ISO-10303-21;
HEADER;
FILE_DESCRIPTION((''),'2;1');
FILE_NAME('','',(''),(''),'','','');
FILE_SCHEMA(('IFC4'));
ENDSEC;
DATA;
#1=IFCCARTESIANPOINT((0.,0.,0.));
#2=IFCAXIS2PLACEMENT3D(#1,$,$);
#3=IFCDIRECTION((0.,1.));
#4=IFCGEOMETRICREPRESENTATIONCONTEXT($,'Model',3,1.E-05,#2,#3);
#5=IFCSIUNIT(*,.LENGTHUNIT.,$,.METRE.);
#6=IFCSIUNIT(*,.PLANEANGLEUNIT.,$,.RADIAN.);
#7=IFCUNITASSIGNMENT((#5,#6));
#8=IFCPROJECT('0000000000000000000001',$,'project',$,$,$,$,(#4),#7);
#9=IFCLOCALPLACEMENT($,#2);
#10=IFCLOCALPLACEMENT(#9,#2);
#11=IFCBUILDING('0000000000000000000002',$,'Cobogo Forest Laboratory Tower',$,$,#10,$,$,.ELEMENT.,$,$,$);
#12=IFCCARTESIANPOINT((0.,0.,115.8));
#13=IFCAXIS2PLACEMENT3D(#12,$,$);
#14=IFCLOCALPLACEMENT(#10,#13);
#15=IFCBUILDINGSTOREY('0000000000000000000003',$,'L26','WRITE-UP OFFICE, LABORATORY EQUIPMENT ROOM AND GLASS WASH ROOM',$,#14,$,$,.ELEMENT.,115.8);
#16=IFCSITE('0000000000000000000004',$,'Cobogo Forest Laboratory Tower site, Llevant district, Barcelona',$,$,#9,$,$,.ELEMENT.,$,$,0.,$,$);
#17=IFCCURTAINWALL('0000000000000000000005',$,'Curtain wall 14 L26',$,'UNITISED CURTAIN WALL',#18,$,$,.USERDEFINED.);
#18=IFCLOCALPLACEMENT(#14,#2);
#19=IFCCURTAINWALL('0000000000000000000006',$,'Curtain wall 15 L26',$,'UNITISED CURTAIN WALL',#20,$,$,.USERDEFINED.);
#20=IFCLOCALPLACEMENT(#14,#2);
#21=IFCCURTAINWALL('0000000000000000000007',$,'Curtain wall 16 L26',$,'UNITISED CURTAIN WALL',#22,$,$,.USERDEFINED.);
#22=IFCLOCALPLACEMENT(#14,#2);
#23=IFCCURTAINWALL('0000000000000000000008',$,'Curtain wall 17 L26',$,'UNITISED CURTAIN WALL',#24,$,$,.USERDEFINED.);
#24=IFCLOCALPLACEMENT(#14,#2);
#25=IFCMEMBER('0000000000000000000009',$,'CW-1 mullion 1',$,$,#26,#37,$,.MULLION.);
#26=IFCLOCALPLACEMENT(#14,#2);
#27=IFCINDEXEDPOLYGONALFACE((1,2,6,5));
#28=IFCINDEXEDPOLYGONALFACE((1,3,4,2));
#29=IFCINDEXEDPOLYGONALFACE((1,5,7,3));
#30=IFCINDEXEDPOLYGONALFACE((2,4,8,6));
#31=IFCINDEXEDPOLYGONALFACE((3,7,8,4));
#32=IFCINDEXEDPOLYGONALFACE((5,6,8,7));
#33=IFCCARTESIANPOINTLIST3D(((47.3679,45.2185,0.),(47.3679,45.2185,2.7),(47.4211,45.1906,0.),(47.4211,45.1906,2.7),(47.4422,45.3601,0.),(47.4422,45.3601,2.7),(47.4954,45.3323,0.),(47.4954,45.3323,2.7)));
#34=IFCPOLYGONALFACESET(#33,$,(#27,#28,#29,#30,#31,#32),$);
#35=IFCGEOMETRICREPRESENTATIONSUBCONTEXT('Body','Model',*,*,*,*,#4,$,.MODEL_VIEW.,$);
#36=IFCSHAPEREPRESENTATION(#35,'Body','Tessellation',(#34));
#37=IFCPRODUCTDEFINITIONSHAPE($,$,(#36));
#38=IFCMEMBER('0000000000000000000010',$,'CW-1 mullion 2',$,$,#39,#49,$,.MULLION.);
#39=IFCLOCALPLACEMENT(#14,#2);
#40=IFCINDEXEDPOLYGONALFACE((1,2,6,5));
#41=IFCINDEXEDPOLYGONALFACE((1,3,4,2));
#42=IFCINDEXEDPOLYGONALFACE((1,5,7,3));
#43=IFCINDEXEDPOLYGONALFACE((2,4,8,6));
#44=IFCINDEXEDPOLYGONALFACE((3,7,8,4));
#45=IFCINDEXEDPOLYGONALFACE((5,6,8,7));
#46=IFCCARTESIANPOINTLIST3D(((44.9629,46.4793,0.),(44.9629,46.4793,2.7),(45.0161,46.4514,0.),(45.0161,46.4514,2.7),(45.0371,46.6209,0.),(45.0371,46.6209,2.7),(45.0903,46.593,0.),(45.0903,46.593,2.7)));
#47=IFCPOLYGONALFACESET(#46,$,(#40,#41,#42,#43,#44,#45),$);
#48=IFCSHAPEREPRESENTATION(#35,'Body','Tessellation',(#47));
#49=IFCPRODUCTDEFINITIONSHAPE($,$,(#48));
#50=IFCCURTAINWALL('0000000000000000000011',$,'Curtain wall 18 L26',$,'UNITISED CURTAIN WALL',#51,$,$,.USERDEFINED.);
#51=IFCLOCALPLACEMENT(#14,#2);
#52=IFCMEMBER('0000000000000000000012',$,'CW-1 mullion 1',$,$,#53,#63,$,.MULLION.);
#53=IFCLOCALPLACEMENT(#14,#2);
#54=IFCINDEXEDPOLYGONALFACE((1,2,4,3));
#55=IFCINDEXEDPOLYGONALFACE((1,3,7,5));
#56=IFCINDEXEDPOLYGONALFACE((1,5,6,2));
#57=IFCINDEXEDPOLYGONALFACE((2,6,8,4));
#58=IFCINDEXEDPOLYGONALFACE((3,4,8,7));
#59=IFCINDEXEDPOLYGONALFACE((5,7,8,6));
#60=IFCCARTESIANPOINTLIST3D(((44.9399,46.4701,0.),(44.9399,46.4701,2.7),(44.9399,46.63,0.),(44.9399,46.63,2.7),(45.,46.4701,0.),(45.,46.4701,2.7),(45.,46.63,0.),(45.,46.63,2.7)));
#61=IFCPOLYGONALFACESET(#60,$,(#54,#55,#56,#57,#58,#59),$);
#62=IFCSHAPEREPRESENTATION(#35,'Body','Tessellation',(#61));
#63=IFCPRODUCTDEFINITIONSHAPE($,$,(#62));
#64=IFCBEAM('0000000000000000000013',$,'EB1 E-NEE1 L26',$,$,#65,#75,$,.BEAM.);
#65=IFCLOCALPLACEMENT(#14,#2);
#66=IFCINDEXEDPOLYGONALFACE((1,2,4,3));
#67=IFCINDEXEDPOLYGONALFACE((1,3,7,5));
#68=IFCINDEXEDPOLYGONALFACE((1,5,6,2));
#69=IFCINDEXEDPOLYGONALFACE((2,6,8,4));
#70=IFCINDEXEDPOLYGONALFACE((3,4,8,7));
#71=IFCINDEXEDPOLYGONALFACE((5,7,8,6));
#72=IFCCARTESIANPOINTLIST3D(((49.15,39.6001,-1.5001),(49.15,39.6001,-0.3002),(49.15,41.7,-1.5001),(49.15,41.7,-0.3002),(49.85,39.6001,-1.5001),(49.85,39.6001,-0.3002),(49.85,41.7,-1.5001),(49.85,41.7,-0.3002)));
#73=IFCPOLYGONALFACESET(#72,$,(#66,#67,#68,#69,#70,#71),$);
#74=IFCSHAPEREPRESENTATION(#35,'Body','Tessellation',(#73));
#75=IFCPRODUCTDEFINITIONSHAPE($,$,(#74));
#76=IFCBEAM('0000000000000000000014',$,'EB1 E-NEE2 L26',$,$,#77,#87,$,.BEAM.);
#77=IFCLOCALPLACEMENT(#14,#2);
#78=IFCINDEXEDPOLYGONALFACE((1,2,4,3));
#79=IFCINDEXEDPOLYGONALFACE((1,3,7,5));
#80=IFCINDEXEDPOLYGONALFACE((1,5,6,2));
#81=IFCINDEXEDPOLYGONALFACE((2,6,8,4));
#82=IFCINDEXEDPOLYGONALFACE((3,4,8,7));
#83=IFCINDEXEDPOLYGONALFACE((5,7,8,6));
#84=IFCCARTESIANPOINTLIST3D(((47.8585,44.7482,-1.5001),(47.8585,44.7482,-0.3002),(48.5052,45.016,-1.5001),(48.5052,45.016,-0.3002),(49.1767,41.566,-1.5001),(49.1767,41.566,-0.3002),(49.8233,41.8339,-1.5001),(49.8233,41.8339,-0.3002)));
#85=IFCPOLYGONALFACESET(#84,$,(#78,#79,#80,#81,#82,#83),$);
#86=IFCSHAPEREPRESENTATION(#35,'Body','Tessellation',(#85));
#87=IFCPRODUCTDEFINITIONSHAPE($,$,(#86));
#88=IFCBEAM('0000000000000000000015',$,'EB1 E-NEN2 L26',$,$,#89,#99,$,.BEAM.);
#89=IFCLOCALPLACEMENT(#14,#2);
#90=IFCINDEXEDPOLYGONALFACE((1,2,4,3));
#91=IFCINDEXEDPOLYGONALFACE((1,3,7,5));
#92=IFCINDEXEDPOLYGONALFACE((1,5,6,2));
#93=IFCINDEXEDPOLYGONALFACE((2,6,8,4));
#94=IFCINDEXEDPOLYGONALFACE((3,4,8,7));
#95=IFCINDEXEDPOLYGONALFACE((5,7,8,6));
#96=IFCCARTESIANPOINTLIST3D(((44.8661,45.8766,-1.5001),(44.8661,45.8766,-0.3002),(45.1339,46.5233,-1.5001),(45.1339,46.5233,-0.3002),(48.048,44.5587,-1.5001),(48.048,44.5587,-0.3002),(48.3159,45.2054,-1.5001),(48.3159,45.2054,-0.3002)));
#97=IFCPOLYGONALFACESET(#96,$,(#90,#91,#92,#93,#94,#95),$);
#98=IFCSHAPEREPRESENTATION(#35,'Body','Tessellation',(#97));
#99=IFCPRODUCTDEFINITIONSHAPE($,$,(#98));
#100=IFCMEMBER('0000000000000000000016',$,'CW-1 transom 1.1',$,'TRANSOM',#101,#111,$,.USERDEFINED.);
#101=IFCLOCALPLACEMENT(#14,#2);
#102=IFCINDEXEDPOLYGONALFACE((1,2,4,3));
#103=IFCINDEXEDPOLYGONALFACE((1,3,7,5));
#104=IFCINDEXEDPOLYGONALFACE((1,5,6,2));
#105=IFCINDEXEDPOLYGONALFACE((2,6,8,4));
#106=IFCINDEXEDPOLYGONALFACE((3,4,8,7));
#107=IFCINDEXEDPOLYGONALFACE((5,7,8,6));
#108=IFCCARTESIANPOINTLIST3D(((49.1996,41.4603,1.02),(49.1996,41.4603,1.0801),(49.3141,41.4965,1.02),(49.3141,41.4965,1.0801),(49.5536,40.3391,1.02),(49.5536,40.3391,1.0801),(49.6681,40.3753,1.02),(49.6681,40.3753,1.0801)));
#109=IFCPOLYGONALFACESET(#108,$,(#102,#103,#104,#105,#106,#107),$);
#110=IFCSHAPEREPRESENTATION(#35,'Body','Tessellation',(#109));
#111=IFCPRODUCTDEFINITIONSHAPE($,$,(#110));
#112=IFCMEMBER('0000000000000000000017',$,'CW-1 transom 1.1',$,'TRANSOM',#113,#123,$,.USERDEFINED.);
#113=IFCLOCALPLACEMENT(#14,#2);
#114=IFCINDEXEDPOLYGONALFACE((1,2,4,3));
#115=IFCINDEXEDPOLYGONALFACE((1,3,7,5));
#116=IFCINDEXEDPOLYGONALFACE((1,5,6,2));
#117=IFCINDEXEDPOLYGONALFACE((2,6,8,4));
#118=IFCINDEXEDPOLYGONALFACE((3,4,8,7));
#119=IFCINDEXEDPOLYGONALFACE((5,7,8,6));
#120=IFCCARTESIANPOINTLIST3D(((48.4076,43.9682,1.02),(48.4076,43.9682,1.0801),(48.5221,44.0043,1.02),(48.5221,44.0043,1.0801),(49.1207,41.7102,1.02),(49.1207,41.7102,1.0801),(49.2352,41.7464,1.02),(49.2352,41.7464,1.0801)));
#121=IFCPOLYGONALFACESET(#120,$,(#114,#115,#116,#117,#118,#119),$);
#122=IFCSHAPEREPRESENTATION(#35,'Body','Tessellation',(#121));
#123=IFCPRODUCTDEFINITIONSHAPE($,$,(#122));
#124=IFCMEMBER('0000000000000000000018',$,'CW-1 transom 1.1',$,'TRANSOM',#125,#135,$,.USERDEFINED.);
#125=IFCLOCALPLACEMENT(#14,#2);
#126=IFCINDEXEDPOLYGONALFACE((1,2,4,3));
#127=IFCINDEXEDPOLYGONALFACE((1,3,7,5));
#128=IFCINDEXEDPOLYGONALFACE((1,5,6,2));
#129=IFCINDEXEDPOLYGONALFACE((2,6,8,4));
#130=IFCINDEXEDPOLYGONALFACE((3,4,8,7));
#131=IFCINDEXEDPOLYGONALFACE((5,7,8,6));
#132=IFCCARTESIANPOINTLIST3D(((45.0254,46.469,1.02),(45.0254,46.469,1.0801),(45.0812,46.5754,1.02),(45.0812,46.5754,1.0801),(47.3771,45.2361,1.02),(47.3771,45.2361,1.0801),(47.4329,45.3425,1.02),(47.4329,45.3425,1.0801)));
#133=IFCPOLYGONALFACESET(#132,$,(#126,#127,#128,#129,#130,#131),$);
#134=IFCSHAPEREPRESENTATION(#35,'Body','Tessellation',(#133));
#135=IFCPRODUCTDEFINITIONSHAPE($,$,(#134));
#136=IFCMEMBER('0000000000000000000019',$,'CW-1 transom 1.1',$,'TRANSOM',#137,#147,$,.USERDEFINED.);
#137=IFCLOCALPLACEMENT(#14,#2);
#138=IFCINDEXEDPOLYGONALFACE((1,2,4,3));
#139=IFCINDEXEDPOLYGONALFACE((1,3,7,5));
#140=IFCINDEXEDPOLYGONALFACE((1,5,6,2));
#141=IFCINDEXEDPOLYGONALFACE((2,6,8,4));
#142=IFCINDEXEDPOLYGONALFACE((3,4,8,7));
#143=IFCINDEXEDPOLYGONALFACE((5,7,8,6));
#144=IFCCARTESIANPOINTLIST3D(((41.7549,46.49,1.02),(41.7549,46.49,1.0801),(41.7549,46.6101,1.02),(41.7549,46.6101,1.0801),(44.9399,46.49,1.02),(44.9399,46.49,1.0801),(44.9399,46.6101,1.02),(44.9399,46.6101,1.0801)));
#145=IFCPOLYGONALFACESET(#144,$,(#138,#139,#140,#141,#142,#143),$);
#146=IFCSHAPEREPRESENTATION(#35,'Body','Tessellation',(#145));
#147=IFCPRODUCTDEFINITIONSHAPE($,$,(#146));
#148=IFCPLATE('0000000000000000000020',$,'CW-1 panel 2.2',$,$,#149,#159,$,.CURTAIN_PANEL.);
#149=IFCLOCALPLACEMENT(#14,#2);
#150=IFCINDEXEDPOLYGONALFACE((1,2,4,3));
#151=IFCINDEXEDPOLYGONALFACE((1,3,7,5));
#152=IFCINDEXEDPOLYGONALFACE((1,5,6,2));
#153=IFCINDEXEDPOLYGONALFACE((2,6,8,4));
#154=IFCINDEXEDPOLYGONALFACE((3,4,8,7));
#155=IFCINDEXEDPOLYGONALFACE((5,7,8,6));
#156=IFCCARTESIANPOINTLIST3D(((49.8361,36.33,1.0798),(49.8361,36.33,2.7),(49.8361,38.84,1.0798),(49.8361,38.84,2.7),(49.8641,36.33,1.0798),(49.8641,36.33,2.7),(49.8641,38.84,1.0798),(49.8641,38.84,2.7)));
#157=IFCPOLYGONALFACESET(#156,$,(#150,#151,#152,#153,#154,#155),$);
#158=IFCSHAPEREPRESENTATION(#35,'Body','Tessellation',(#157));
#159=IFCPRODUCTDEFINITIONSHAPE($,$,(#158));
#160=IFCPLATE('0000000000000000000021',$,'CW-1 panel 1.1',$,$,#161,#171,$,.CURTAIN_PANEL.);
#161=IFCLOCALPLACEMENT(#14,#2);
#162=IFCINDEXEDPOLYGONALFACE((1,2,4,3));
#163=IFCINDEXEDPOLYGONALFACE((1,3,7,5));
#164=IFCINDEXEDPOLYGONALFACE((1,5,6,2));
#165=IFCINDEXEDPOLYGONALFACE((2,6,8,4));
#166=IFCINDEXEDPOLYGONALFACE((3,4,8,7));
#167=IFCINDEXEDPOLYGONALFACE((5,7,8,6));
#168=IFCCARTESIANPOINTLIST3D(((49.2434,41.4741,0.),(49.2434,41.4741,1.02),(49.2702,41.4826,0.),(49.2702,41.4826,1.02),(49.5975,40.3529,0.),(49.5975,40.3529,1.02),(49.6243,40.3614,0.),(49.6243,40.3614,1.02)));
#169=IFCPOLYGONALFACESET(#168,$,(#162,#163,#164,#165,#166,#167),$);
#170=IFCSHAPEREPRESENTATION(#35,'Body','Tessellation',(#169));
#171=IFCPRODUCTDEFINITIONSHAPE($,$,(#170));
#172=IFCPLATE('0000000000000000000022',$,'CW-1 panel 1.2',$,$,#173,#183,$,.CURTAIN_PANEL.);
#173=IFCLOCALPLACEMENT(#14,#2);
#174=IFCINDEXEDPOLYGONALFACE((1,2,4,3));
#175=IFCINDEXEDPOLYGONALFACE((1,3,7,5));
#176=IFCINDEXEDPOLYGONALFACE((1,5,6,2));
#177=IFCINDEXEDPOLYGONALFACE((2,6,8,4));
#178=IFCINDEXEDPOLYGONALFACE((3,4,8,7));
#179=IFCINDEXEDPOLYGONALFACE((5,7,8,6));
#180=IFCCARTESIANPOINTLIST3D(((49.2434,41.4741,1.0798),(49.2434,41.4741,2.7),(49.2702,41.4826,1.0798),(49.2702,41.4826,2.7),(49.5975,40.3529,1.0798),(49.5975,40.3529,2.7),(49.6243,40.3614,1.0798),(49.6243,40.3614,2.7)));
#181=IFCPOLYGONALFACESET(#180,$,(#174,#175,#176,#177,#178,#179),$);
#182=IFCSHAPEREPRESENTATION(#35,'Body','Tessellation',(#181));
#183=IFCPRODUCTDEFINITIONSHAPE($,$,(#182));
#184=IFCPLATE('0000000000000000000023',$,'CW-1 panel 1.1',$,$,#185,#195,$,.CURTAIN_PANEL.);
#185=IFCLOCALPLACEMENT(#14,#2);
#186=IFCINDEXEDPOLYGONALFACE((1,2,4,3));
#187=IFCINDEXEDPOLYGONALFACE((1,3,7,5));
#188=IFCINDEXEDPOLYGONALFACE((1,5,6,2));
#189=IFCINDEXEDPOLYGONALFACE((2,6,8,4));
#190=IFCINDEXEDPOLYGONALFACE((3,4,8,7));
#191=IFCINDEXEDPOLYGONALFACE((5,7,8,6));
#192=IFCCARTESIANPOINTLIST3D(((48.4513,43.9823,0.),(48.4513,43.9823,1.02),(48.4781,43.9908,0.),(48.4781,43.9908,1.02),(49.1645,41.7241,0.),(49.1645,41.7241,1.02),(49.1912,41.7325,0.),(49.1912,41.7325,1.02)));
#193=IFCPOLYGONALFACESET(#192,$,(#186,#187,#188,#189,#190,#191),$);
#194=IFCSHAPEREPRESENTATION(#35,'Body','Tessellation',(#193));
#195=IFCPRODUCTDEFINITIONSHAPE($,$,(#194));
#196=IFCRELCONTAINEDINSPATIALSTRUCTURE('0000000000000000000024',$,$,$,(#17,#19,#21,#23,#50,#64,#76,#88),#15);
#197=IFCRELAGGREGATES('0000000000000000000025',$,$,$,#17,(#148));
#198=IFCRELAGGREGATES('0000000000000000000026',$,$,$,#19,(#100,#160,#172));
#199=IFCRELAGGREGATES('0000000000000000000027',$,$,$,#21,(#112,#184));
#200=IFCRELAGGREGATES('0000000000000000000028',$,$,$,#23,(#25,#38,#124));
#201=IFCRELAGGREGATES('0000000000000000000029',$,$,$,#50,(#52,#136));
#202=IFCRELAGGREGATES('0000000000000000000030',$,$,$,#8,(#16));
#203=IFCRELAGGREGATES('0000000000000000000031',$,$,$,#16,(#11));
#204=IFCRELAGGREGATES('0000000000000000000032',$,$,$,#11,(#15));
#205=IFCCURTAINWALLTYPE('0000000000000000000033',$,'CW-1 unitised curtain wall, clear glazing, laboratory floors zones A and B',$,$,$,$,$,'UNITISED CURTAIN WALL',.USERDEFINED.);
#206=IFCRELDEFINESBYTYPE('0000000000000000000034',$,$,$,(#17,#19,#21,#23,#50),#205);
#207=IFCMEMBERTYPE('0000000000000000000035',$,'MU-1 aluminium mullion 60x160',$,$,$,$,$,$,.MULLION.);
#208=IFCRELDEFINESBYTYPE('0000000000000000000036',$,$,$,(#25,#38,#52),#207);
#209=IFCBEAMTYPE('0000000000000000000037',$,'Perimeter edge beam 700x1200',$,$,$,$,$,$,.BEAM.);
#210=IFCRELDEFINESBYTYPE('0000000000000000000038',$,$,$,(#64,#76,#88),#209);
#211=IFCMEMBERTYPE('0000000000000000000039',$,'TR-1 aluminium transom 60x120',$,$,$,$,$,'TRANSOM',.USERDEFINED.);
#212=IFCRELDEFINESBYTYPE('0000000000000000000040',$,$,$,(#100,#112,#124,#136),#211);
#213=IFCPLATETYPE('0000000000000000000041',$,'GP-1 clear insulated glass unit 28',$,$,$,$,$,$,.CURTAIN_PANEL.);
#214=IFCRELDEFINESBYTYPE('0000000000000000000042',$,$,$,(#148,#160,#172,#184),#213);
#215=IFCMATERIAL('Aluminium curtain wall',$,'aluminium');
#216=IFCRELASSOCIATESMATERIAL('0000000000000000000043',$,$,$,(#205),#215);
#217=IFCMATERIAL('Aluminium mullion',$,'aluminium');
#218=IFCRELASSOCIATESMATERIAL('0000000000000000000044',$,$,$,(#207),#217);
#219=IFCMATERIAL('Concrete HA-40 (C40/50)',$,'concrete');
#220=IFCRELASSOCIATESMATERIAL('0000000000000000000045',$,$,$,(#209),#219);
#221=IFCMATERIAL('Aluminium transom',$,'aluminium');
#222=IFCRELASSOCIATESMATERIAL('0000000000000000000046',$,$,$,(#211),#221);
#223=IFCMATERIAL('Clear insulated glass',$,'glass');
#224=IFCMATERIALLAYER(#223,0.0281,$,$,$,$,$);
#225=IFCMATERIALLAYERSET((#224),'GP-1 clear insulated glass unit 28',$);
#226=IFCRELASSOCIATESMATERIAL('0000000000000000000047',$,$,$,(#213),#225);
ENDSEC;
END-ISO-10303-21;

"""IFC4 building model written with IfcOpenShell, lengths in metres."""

from ifc_helpers import new_model, si_unit, direction, frame, origin, origin_2d, place, context, subcontext, project, spatial, rectangle, extrude, material, layer, layer_set, material_profile, profile_set, type_object, element, aggregate, save


model = new_model("IFC4")

# Units and contexts
model_context = context("Model", 3, precision=1e-05, world=origin(), true_north=direction((0.0, 1.0)))
body_context = subcontext(model_context, "Body", "Model", "MODEL_VIEW")
ifc_project = project(units=[si_unit("LENGTHUNIT", "METRE"), si_unit("PLANEANGLEUNIT", "RADIAN")], contexts=[model_context])

# Site, building, storey
site_placement = place(None, origin())
site = spatial("IfcSite", under=ifc_project, at=site_placement, Name="Cobogo Forest Laboratory Tower site, Llevant district, Barcelona", CompositionType="ELEMENT", RefElevation=0.0)
building_placement = place(site_placement, origin())
building = spatial("IfcBuilding", under=site, at=building_placement, Name="Cobogo Forest Laboratory Tower", CompositionType="ELEMENT")
storey_placement = place(building_placement, frame((0.0, 0.0, 115.8)))
storey = spatial("IfcBuildingStorey", under=building, at=storey_placement, Name="L26", Description="WRITE-UP OFFICE, LABORATORY EQUIPMENT ROOM AND GLASS WASH ROOM", CompositionType="ELEMENT", Elevation=115.8)

# Shared definitions
ifc_material_1 = material(Name="Concrete HA-40 (C40/50)", Category="concrete")

# Curtain wall
ifc_material_2 = material(Name="Aluminium curtain wall", Category="aluminium")
curtain_wall_type = type_object("IfcCurtainWallType", Name="CW-1 unitised curtain wall, clear glazing, laboratory floors zones A and B", ElementType="UNITISED CURTAIN WALL", PredefinedType="USERDEFINED", material=ifc_material_2)
curtain_wall_1_placement = place(storey_placement, origin())
curtain_wall_1 = element("IfcCurtainWall", 1, at=curtain_wall_1_placement, inside=storey, type_object=curtain_wall_type, Name="Curtain wall 14 L26", ObjectType="UNITISED CURTAIN WALL", PredefinedType="USERDEFINED")
ifc_material_3 = material(Name="Aluminium mullion", Category="aluminium")
ifc_material_profile_1 = material_profile(ifc_material_3, rectangle(XDim=0.0601, YDim=0.1599, at=origin_2d()), Name="AL 60x160")
ifc_profile_set_1 = profile_set([ifc_material_profile_1], Name="Aluminium mullion")
member_type_1 = type_object("IfcMemberType", Name="MU-1 aluminium mullion 60x160", PredefinedType="MULLION", material=ifc_profile_set_1)

# Curtain walls, members
curtain_wall_2_placement = place(storey_placement, origin())
curtain_wall_2 = element("IfcCurtainWall", 2, at=curtain_wall_2_placement, inside=storey, type_object=curtain_wall_type, Name="Curtain wall 15 L26", ObjectType="UNITISED CURTAIN WALL", PredefinedType="USERDEFINED")
curtain_wall_3_placement = place(storey_placement, origin())
curtain_wall_3 = element("IfcCurtainWall", 3, at=curtain_wall_3_placement, inside=storey, type_object=curtain_wall_type, Name="Curtain wall 16 L26", ObjectType="UNITISED CURTAIN WALL", PredefinedType="USERDEFINED")
curtain_wall_4_placement = place(storey_placement, origin())
curtain_wall_4 = element("IfcCurtainWall", 4, at=curtain_wall_4_placement, inside=storey, type_object=curtain_wall_type, Name="Curtain wall 17 L26", ObjectType="UNITISED CURTAIN WALL", PredefinedType="USERDEFINED")
member_1_placement = place(storey_placement, frame((47.4316, 45.2754, 0.0), z_axis=(0.0, 0.0, 1.0), x_axis=(-0.885687, 0.464284, 0.0)))
member_1 = element("IfcMember", 5, at=member_1_placement, type_object=member_type_1, Name="CW-1 mullion 1", PredefinedType="MULLION", context=body_context, shape_type="SweptSolid", body=[
    extrude(rectangle(XDim=0.0601, YDim=0.1599, at=origin_2d()), origin(), (0.0, 0.0, 1.0), 2.7),
])
member_2_placement = place(storey_placement, frame((45.0266, 46.5361, 0.0), z_axis=(0.0, 0.0, 1.0), x_axis=(-0.885687, 0.464284, 0.0)))
member_2 = element("IfcMember", 6, at=member_2_placement, type_object=member_type_1, Name="CW-1 mullion 2", PredefinedType="MULLION", context=body_context, shape_type="SweptSolid", body=[
    extrude(rectangle(XDim=0.0601, YDim=0.1599, at=origin_2d()), origin(), (0.0, 0.0, 1.0), 2.7),
])

# Curtain wall, member
curtain_wall_5_placement = place(storey_placement, origin())
curtain_wall_5 = element("IfcCurtainWall", 7, at=curtain_wall_5_placement, inside=storey, type_object=curtain_wall_type, Name="Curtain wall 18 L26", ObjectType="UNITISED CURTAIN WALL", PredefinedType="USERDEFINED")
member_3_placement = place(storey_placement, frame((44.97, 46.55, 0.0), z_axis=(0.0, 0.0, 1.0), x_axis=(-1.0, 0.0, 0.0)))
member_3 = element("IfcMember", 8, at=member_3_placement, type_object=member_type_1, Name="CW-1 mullion 1", PredefinedType="MULLION", context=body_context, shape_type="SweptSolid", body=[
    extrude(rectangle(XDim=0.0601, YDim=0.1599, at=origin_2d()), origin(), (0.0, 0.0, 1.0), 2.7),
])

# Beams
ifc_material_profile_2 = material_profile(ifc_material_1, rectangle(XDim=0.7, YDim=1.2, at=origin_2d()), Name="RC 700x1200")
ifc_profile_set_2 = profile_set([ifc_material_profile_2], Name="Concrete HA-40 (C40/50)")
beam_type_1 = type_object("IfcBeamType", Name="Perimeter edge beam 700x1200", PredefinedType="BEAM", material=ifc_profile_set_2)
beam_1_placement = place(storey_placement, frame((49.5, 39.6001, -0.9001), z_axis=(0.0, 1.0, 0.0), x_axis=(-1.0, 0.0, 0.0)))
element("IfcBeam", 9, at=beam_1_placement, inside=storey, type_object=beam_type_1, Name="EB1 E-NEE1 L26", PredefinedType="BEAM", context=body_context, shape_type="SweptSolid", body=[
    extrude(rectangle(XDim=0.7, YDim=1.2, at=origin_2d()), origin(), (0.0, 0.0, 1.0), 2.0999),
])
beam_2_placement = place(storey_placement, frame((49.5, 41.7, -0.9001), z_axis=(-0.382692, 0.923876, 0.0), x_axis=(-0.923876, -0.382692, 0.0)))
element("IfcBeam", 10, at=beam_2_placement, inside=storey, type_object=beam_type_1, Name="EB1 E-NEE2 L26", PredefinedType="BEAM", context=body_context, shape_type="SweptSolid", body=[
    extrude(rectangle(XDim=0.7, YDim=1.2, at=origin_2d()), origin(), (0.0, 0.0, 1.0), 3.4443),
])
beam_3_placement = place(storey_placement, frame((45.0, 46.2, -0.9001), z_axis=(0.923891, -0.382656, 0.0), x_axis=(0.382656, 0.923891, 0.0)))
element("IfcBeam", 11, at=beam_3_placement, inside=storey, type_object=beam_type_1, Name="EB1 E-NEN2 L26", PredefinedType="BEAM", context=body_context, shape_type="SweptSolid", body=[
    extrude(rectangle(XDim=0.7, YDim=1.2, at=origin_2d()), origin(), (0.0, 0.0, 1.0), 3.4441),
])

# Members
ifc_material_4 = material(Name="Aluminium transom", Category="aluminium")
ifc_material_profile_3 = material_profile(ifc_material_4, rectangle(XDim=0.1201, YDim=0.0601, at=origin_2d()), Name="AL 60x120")
ifc_profile_set_3 = profile_set([ifc_material_profile_3], Name="Aluminium transom")
member_type_2 = type_object("IfcMemberType", Name="TR-1 aluminium transom 60x120", ElementType="TRANSOM", PredefinedType="USERDEFINED", material=ifc_profile_set_3)
member_4_placement = place(storey_placement, frame((49.6108, 40.3572, 1.05), z_axis=(-0.301052, 0.953608, 0.0), x_axis=(-0.953608, -0.301052, 0.0)))
member_4 = element("IfcMember", 12, at=member_4_placement, type_object=member_type_2, Name="CW-1 transom 1.1", ObjectType="TRANSOM", PredefinedType="USERDEFINED", context=body_context, shape_type="SweptSolid", body=[
    extrude(rectangle(XDim=0.1201, YDim=0.0601, at=origin_2d()), origin(), (0.0, 0.0, 1.0), 1.1758),
])
member_5_placement = place(storey_placement, frame((49.178, 41.7283, 1.05), z_axis=(-0.301156, 0.953575, 0.0), x_axis=(-0.953575, -0.301156, 0.0)))
member_5 = element("IfcMember", 13, at=member_5_placement, type_object=member_type_2, Name="CW-1 transom 1.1", ObjectType="TRANSOM", PredefinedType="USERDEFINED", context=body_context, shape_type="SweptSolid", body=[
    extrude(rectangle(XDim=0.1201, YDim=0.0601, at=origin_2d()), origin(), (0.0, 0.0, 1.0), 2.3679),
])
member_6_placement = place(storey_placement, frame((47.405, 45.2893, 1.05), z_axis=(-0.885675, 0.464306, 0.0), x_axis=(-0.464306, -0.885675, 0.0)))
member_6 = element("IfcMember", 14, at=member_6_placement, type_object=member_type_2, Name="CW-1 transom 1.1", ObjectType="TRANSOM", PredefinedType="USERDEFINED", context=body_context, shape_type="SweptSolid", body=[
    extrude(rectangle(XDim=0.1201, YDim=0.0601, at=origin_2d()), origin(), (0.0, 0.0, 1.0), 2.6553),
])
member_7_placement = place(storey_placement, frame((44.9399, 46.55, 1.05), z_axis=(-1.0, 0.0, 0.0), x_axis=(0.0, -1.0, 0.0)))
member_7 = element("IfcMember", 15, at=member_7_placement, type_object=member_type_2, Name="CW-1 transom 1.1", ObjectType="TRANSOM", PredefinedType="USERDEFINED", context=body_context, shape_type="SweptSolid", body=[
    extrude(rectangle(XDim=0.1201, YDim=0.0601, at=origin_2d()), origin(), (0.0, 0.0, 1.0), 3.1851),
])

# Plates
ifc_material_5 = material(Name="Clear insulated glass", Category="glass")
ifc_layer = layer(ifc_material_5, 0.0281)
ifc_layer_set = layer_set([ifc_layer], Name="GP-1 clear insulated glass unit 28")
plate_type = type_object("IfcPlateType", Name="GP-1 clear insulated glass unit 28", PredefinedType="CURTAIN_PANEL", material=ifc_layer_set)
plate_1_placement = place(storey_placement, frame((49.8501, 37.585, 1.0798), z_axis=(0.0, 0.0, 1.0), x_axis=(0.0, 1.0, 0.0)))
plate_1 = element("IfcPlate", 16, at=plate_1_placement, type_object=plate_type, Name="CW-1 panel 2.2", PredefinedType="CURTAIN_PANEL", context=body_context, shape_type="SweptSolid", body=[
    extrude(rectangle(XDim=2.51, YDim=0.0281, at=origin_2d()), origin(), (0.0, 0.0, 1.0), 1.6201),
])
aggregate(curtain_wall_1, [plate_1])
plate_2_placement = place(storey_placement, frame((49.4338, 40.9177, 0.0), z_axis=(0.0, 0.0, 1.0), x_axis=(-0.301135, 0.953581, 0.0)))
plate_2 = element("IfcPlate", 17, at=plate_2_placement, type_object=plate_type, Name="CW-1 panel 1.1", PredefinedType="CURTAIN_PANEL", context=body_context, shape_type="SweptSolid", body=[
    extrude(rectangle(XDim=1.1758, YDim=0.0281, at=origin_2d()), origin(), (0.0, 0.0, 1.0), 1.02),
])
plate_3_placement = place(storey_placement, frame((49.4338, 40.9177, 1.0798), z_axis=(0.0, 0.0, 1.0), x_axis=(-0.301135, 0.953581, 0.0)))
plate_3 = element("IfcPlate", 18, at=plate_3_placement, type_object=plate_type, Name="CW-1 panel 1.2", PredefinedType="CURTAIN_PANEL", context=body_context, shape_type="SweptSolid", body=[
    extrude(rectangle(XDim=1.1758, YDim=0.0281, at=origin_2d()), origin(), (0.0, 0.0, 1.0), 1.6201),
])
aggregate(curtain_wall_2, [member_4, plate_2, plate_3])
plate_4_placement = place(storey_placement, frame((48.8213, 42.8574, 0.0), z_axis=(0.0, 0.0, 1.0), x_axis=(-0.301135, 0.953581, 0.0)))
plate_4 = element("IfcPlate", 19, at=plate_4_placement, type_object=plate_type, Name="CW-1 panel 1.1", PredefinedType="CURTAIN_PANEL", context=body_context, shape_type="SweptSolid", body=[
    extrude(rectangle(XDim=2.3682, YDim=0.0281, at=origin_2d()), origin(), (0.0, 0.0, 1.0), 1.02),
])
aggregate(curtain_wall_3, [member_5, plate_4])
aggregate(curtain_wall_4, [member_1, member_2, member_6])
aggregate(curtain_wall_5, [member_3, member_7])

save(model, "model.ifc")
